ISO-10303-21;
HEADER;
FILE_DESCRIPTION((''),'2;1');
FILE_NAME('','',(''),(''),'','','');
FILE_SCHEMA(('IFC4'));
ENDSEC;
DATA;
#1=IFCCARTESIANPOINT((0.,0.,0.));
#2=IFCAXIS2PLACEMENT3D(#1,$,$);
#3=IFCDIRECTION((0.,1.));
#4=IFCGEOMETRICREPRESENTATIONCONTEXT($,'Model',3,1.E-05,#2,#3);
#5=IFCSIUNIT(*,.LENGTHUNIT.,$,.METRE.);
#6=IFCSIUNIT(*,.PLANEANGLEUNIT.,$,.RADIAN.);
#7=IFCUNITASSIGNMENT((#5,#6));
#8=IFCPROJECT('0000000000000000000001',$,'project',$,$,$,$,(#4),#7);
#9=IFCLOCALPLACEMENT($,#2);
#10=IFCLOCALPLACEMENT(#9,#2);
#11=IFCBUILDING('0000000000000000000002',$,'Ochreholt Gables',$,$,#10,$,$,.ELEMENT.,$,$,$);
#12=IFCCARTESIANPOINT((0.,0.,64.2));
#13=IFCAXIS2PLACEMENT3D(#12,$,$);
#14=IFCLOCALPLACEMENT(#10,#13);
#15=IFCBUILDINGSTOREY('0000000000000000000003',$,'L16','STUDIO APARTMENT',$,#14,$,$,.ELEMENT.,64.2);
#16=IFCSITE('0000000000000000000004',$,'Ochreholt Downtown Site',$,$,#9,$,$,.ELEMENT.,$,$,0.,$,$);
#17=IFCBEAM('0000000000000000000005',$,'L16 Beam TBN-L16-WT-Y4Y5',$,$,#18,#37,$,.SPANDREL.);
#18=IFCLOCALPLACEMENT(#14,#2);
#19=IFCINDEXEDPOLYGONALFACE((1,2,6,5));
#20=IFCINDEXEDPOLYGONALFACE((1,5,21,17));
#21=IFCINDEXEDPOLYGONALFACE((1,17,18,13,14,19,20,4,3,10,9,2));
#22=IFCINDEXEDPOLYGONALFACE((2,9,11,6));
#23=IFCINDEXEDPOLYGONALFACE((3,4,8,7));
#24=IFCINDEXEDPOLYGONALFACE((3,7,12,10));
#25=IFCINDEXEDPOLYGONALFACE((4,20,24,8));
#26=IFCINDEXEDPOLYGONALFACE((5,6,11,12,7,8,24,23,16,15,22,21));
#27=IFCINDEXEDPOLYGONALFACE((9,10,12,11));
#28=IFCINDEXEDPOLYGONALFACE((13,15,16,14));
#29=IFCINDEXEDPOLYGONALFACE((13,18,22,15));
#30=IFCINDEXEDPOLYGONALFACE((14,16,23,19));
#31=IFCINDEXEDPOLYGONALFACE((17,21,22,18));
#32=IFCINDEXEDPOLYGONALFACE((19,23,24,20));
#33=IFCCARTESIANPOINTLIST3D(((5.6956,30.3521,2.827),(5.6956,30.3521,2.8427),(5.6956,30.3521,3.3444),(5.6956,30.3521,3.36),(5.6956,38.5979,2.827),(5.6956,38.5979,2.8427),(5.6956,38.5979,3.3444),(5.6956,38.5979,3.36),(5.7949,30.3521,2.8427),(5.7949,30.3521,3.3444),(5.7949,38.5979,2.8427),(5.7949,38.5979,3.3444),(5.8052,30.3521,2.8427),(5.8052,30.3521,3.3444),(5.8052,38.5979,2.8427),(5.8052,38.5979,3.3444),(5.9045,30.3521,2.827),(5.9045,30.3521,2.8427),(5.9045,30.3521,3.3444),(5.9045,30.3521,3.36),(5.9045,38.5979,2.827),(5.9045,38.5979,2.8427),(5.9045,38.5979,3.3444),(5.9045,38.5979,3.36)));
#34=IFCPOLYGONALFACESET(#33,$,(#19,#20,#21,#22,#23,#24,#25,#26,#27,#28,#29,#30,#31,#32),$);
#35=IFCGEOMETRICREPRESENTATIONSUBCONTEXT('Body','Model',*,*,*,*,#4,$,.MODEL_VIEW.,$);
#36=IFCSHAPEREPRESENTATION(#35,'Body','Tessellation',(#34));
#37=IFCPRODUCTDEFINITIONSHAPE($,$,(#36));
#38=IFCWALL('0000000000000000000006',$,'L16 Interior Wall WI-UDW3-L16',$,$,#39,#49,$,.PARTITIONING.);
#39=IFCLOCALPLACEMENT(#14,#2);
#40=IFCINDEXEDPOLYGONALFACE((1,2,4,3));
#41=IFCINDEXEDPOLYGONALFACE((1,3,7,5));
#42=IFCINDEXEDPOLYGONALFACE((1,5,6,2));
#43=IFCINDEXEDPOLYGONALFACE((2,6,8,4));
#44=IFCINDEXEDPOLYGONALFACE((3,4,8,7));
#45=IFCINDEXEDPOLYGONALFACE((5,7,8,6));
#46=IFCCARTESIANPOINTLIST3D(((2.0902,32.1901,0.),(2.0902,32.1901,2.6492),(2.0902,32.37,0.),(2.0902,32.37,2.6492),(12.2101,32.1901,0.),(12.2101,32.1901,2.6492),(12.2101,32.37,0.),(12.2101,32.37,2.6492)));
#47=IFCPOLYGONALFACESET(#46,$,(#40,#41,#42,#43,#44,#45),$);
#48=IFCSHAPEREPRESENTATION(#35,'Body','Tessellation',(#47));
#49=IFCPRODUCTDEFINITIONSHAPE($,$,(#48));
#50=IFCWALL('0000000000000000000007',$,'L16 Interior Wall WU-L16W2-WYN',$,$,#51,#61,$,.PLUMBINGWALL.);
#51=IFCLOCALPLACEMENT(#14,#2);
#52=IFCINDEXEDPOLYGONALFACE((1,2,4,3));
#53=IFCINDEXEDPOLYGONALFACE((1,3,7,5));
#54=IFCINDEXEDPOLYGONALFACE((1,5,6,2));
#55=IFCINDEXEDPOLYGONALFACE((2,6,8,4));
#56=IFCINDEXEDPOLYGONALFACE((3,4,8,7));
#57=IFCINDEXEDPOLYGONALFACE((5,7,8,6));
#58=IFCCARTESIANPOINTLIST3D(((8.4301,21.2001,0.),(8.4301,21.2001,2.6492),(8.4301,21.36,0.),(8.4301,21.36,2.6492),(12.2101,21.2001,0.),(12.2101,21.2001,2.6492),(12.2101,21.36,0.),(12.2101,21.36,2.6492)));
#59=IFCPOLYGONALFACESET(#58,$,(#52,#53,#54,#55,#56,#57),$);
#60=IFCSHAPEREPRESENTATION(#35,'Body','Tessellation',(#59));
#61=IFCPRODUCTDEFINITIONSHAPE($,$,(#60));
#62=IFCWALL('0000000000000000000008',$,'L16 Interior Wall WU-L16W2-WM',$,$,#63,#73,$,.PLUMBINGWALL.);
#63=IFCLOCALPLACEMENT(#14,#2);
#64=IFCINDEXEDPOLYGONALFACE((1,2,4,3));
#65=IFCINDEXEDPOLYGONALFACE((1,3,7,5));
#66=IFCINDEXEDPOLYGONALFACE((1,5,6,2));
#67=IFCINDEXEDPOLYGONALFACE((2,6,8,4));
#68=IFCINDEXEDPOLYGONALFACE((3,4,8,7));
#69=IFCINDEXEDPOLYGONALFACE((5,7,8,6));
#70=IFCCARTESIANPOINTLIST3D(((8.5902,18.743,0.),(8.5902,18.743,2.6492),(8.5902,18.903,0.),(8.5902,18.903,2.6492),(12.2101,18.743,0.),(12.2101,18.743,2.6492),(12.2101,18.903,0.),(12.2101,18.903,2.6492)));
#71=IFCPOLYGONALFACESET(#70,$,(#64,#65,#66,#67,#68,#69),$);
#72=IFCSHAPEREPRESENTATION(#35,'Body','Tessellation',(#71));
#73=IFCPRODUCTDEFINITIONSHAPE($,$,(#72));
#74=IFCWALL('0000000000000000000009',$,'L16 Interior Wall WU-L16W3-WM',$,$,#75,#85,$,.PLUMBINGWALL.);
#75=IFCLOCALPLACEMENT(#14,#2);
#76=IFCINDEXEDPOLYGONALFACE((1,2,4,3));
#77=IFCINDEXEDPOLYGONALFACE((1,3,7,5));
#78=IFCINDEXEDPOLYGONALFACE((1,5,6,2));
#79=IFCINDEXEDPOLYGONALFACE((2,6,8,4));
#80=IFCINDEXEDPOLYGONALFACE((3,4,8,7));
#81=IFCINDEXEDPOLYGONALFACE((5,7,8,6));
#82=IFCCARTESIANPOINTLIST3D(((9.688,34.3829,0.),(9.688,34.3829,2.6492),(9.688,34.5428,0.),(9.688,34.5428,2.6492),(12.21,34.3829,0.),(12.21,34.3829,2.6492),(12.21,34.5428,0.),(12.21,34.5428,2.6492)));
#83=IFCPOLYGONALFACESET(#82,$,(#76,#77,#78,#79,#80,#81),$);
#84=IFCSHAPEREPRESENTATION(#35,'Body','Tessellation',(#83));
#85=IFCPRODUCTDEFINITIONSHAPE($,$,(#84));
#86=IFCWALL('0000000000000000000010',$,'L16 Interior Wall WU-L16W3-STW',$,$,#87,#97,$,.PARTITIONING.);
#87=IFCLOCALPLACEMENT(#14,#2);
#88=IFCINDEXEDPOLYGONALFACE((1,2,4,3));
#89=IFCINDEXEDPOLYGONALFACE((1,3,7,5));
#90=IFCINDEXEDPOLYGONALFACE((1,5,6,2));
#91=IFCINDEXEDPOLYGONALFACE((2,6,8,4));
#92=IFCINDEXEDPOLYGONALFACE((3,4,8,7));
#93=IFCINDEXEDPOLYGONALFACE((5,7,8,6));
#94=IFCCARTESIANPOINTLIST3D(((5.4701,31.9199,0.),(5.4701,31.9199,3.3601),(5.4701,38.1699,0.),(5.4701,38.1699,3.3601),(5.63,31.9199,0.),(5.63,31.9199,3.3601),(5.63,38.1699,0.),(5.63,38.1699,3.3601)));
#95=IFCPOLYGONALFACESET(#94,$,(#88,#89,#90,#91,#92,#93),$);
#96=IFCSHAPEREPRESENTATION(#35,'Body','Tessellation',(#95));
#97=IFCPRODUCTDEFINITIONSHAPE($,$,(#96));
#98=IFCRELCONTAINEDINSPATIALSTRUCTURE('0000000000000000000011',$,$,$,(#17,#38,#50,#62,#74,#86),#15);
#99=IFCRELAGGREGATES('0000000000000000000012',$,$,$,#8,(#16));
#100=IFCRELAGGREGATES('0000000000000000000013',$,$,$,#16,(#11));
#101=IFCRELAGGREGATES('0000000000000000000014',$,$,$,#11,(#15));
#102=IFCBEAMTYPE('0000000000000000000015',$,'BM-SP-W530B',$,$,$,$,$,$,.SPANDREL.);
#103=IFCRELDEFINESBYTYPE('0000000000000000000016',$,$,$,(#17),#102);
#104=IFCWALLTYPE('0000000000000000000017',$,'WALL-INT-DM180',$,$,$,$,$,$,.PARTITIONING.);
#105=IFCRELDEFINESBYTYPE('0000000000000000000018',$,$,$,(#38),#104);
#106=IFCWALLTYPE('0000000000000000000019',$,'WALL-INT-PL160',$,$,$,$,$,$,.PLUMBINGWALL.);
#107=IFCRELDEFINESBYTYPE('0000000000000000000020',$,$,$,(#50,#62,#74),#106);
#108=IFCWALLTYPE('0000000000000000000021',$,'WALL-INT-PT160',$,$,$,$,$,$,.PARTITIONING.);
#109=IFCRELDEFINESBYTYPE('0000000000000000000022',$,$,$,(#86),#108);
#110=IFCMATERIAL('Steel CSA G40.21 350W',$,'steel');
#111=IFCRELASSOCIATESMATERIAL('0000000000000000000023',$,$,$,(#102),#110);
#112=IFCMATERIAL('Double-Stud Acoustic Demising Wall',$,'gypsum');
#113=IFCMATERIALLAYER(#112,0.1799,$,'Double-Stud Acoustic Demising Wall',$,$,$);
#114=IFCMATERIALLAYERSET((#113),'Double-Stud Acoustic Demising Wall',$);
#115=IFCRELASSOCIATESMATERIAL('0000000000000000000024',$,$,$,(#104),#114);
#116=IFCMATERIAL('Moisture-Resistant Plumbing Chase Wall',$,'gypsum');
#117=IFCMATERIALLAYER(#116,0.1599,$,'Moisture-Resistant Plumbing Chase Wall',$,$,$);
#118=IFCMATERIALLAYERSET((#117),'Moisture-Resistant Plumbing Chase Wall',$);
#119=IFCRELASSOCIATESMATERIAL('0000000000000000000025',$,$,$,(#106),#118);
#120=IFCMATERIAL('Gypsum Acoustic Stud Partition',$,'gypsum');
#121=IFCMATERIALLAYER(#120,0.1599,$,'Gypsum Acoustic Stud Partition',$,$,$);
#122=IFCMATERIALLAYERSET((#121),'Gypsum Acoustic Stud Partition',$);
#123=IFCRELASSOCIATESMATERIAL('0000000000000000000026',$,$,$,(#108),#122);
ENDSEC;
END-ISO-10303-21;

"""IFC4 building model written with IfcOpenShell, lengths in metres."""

from ifc_helpers import new_model, si_unit, direction, frame, frame_2d, origin, origin_2d, place, context, subcontext, project, spatial, rectangle, i_section, extrude, material, layer, layer_set, material_profile, profile_set, type_object, element, save


model = new_model("IFC4")

# Units and contexts
model_context = context("Model", 3, precision=1e-05, world=origin(), true_north=direction((0.0, 1.0)))
body_context = subcontext(model_context, "Body", "Model", "MODEL_VIEW")
ifc_project = project(units=[si_unit("LENGTHUNIT", "METRE"), si_unit("PLANEANGLEUNIT", "RADIAN")], contexts=[model_context])

# Site, building, storey
site_placement = place(None, origin())
site = spatial("IfcSite", under=ifc_project, at=site_placement, Name="Ochreholt Downtown Site", CompositionType="ELEMENT", RefElevation=0.0)
building_placement = place(site_placement, origin())
building = spatial("IfcBuilding", under=site, at=building_placement, Name="Ochreholt Gables", CompositionType="ELEMENT")
storey_placement = place(building_placement, frame((0.0, 0.0, 64.2)))
storey = spatial("IfcBuildingStorey", under=building, at=storey_placement, Name="L16", Description="STUDIO APARTMENT", CompositionType="ELEMENT", Elevation=64.2)

# Shared definitions
ifc_material_1 = material(Name="Steel CSA G40.21 350W", Category="steel")

# Beam
ifc_material_profile_1 = material_profile(ifc_material_1, i_section(OverallWidth=0.209, OverallDepth=0.533, WebThickness=0.0103, FlangeThickness=0.0156, at=origin_2d()), Name="W530X92")
ifc_profile_set_1 = profile_set([ifc_material_profile_1], Name="Steel CSA G40.21 350W")
beam_type_1 = type_object("IfcBeamType", Name="BM-SP-W530B", PredefinedType="SPANDREL", material=ifc_profile_set_1)
beam_1_placement = place(storey_placement, frame((5.8, 30.3521, 3.0935), z_axis=(0.0, 1.0, 0.0), x_axis=(-1.0, 0.0, 0.0)))
element("IfcBeam", 1, at=beam_1_placement, inside=storey, type_object=beam_type_1, Name="L16 Beam TBN-L16-WT-Y4Y5", PredefinedType="SPANDREL", context=body_context, shape_type="SweptSolid", body=[
    extrude(i_section(OverallWidth=0.209, OverallDepth=0.533, WebThickness=0.0103, FlangeThickness=0.0156, at=origin_2d()), origin(), (0.0, 0.0, 1.0), 8.2458),
])

# Walls
ifc_material_2 = material(Name="Double-Stud Acoustic Demising Wall", Category="gypsum")
ifc_layer_1 = layer(ifc_material_2, 0.1799, Name="Double-Stud Acoustic Demising Wall")
ifc_layer_set_1 = layer_set([ifc_layer_1], Name="Double-Stud Acoustic Demising Wall")
wall_type_1 = type_object("IfcWallType", Name="WALL-INT-DM180", PredefinedType="PARTITIONING", material=ifc_layer_set_1)
wall_1_placement = place(storey_placement, frame((2.0901, 32.28, 0.0), z_axis=(0.0, 0.0, 1.0), x_axis=(1.0, 0.0, 0.0)))
element("IfcWall", 2, at=wall_1_placement, inside=storey, type_object=wall_type_1, Name="L16 Interior Wall WI-UDW3-L16", PredefinedType="PARTITIONING", context=body_context, shape_type="SweptSolid", body=[
    extrude(rectangle(XDim=10.1199, YDim=0.1799, at=frame_2d((5.0601, 0.0))), origin(), (0.0, 0.0, 1.0), 2.6492),
])
ifc_material_3 = material(Name="Moisture-Resistant Plumbing Chase Wall", Category="gypsum")
ifc_layer_2 = layer(ifc_material_3, 0.1599, Name="Moisture-Resistant Plumbing Chase Wall")
ifc_layer_set_2 = layer_set([ifc_layer_2], Name="Moisture-Resistant Plumbing Chase Wall")
wall_type_2 = type_object("IfcWallType", Name="WALL-INT-PL160", PredefinedType="PLUMBINGWALL", material=ifc_layer_set_2)
wall_2_placement = place(storey_placement, frame((8.4299, 21.28, 0.0), z_axis=(0.0, 0.0, 1.0), x_axis=(1.0, 0.0, 0.0)))
element("IfcWall", 3, at=wall_2_placement, inside=storey, type_object=wall_type_2, Name="L16 Interior Wall WU-L16W2-WYN", PredefinedType="PLUMBINGWALL", context=body_context, shape_type="SweptSolid", body=[
    extrude(rectangle(XDim=3.78, YDim=0.1599, at=frame_2d((1.8901, 0.0))), origin(), (0.0, 0.0, 1.0), 2.6492),
])
wall_3_placement = place(storey_placement, frame((8.5901, 18.823, 0.0), z_axis=(0.0, 0.0, 1.0), x_axis=(1.0, 0.0, 0.0)))
element("IfcWall", 4, at=wall_3_placement, inside=storey, type_object=wall_type_2, Name="L16 Interior Wall WU-L16W2-WM", PredefinedType="PLUMBINGWALL", context=body_context, shape_type="SweptSolid", body=[
    extrude(rectangle(XDim=3.6199, YDim=0.1599, at=frame_2d((1.8101, 0.0))), origin(), (0.0, 0.0, 1.0), 2.6492),
])

# Wall
wall_4_placement = place(storey_placement, frame((9.688, 34.4629, 0.0), z_axis=(0.0, 0.0, 1.0), x_axis=(1.0, 0.0, 0.0)))
element("IfcWall", 5, at=wall_4_placement, inside=storey, type_object=wall_type_2, Name="L16 Interior Wall WU-L16W3-WM", PredefinedType="PLUMBINGWALL", context=body_context, shape_type="SweptSolid", body=[
    extrude(rectangle(XDim=2.522, YDim=0.1599, at=frame_2d((1.261, 0.0))), origin(), (0.0, 0.0, 1.0), 2.6492),
])

# Shared definitions
ifc_material_4 = material(Name="Gypsum Acoustic Stud Partition", Category="gypsum")
ifc_layer_3 = layer(ifc_material_4, 0.1599, Name="Gypsum Acoustic Stud Partition")
ifc_layer_set_3 = layer_set([ifc_layer_3], Name="Gypsum Acoustic Stud Partition")
wall_type_3 = type_object("IfcWallType", Name="WALL-INT-PT160", PredefinedType="PARTITIONING", material=ifc_layer_set_3)

# Wall
wall_5_placement = place(storey_placement, frame((5.55, 31.9199, 0.0), z_axis=(0.0, 0.0, 1.0), x_axis=(0.0, 1.0, 0.0)))
element("IfcWall", 6, at=wall_5_placement, inside=storey, type_object=wall_type_3, Name="L16 Interior Wall WU-L16W3-STW", PredefinedType="PARTITIONING", context=body_context, shape_type="SweptSolid", body=[
    extrude(rectangle(XDim=6.25, YDim=0.1599, at=frame_2d((3.125, 0.0))), origin(), (0.0, 0.0, 1.0), 3.3601),
])

save(model, "model.ifc")
